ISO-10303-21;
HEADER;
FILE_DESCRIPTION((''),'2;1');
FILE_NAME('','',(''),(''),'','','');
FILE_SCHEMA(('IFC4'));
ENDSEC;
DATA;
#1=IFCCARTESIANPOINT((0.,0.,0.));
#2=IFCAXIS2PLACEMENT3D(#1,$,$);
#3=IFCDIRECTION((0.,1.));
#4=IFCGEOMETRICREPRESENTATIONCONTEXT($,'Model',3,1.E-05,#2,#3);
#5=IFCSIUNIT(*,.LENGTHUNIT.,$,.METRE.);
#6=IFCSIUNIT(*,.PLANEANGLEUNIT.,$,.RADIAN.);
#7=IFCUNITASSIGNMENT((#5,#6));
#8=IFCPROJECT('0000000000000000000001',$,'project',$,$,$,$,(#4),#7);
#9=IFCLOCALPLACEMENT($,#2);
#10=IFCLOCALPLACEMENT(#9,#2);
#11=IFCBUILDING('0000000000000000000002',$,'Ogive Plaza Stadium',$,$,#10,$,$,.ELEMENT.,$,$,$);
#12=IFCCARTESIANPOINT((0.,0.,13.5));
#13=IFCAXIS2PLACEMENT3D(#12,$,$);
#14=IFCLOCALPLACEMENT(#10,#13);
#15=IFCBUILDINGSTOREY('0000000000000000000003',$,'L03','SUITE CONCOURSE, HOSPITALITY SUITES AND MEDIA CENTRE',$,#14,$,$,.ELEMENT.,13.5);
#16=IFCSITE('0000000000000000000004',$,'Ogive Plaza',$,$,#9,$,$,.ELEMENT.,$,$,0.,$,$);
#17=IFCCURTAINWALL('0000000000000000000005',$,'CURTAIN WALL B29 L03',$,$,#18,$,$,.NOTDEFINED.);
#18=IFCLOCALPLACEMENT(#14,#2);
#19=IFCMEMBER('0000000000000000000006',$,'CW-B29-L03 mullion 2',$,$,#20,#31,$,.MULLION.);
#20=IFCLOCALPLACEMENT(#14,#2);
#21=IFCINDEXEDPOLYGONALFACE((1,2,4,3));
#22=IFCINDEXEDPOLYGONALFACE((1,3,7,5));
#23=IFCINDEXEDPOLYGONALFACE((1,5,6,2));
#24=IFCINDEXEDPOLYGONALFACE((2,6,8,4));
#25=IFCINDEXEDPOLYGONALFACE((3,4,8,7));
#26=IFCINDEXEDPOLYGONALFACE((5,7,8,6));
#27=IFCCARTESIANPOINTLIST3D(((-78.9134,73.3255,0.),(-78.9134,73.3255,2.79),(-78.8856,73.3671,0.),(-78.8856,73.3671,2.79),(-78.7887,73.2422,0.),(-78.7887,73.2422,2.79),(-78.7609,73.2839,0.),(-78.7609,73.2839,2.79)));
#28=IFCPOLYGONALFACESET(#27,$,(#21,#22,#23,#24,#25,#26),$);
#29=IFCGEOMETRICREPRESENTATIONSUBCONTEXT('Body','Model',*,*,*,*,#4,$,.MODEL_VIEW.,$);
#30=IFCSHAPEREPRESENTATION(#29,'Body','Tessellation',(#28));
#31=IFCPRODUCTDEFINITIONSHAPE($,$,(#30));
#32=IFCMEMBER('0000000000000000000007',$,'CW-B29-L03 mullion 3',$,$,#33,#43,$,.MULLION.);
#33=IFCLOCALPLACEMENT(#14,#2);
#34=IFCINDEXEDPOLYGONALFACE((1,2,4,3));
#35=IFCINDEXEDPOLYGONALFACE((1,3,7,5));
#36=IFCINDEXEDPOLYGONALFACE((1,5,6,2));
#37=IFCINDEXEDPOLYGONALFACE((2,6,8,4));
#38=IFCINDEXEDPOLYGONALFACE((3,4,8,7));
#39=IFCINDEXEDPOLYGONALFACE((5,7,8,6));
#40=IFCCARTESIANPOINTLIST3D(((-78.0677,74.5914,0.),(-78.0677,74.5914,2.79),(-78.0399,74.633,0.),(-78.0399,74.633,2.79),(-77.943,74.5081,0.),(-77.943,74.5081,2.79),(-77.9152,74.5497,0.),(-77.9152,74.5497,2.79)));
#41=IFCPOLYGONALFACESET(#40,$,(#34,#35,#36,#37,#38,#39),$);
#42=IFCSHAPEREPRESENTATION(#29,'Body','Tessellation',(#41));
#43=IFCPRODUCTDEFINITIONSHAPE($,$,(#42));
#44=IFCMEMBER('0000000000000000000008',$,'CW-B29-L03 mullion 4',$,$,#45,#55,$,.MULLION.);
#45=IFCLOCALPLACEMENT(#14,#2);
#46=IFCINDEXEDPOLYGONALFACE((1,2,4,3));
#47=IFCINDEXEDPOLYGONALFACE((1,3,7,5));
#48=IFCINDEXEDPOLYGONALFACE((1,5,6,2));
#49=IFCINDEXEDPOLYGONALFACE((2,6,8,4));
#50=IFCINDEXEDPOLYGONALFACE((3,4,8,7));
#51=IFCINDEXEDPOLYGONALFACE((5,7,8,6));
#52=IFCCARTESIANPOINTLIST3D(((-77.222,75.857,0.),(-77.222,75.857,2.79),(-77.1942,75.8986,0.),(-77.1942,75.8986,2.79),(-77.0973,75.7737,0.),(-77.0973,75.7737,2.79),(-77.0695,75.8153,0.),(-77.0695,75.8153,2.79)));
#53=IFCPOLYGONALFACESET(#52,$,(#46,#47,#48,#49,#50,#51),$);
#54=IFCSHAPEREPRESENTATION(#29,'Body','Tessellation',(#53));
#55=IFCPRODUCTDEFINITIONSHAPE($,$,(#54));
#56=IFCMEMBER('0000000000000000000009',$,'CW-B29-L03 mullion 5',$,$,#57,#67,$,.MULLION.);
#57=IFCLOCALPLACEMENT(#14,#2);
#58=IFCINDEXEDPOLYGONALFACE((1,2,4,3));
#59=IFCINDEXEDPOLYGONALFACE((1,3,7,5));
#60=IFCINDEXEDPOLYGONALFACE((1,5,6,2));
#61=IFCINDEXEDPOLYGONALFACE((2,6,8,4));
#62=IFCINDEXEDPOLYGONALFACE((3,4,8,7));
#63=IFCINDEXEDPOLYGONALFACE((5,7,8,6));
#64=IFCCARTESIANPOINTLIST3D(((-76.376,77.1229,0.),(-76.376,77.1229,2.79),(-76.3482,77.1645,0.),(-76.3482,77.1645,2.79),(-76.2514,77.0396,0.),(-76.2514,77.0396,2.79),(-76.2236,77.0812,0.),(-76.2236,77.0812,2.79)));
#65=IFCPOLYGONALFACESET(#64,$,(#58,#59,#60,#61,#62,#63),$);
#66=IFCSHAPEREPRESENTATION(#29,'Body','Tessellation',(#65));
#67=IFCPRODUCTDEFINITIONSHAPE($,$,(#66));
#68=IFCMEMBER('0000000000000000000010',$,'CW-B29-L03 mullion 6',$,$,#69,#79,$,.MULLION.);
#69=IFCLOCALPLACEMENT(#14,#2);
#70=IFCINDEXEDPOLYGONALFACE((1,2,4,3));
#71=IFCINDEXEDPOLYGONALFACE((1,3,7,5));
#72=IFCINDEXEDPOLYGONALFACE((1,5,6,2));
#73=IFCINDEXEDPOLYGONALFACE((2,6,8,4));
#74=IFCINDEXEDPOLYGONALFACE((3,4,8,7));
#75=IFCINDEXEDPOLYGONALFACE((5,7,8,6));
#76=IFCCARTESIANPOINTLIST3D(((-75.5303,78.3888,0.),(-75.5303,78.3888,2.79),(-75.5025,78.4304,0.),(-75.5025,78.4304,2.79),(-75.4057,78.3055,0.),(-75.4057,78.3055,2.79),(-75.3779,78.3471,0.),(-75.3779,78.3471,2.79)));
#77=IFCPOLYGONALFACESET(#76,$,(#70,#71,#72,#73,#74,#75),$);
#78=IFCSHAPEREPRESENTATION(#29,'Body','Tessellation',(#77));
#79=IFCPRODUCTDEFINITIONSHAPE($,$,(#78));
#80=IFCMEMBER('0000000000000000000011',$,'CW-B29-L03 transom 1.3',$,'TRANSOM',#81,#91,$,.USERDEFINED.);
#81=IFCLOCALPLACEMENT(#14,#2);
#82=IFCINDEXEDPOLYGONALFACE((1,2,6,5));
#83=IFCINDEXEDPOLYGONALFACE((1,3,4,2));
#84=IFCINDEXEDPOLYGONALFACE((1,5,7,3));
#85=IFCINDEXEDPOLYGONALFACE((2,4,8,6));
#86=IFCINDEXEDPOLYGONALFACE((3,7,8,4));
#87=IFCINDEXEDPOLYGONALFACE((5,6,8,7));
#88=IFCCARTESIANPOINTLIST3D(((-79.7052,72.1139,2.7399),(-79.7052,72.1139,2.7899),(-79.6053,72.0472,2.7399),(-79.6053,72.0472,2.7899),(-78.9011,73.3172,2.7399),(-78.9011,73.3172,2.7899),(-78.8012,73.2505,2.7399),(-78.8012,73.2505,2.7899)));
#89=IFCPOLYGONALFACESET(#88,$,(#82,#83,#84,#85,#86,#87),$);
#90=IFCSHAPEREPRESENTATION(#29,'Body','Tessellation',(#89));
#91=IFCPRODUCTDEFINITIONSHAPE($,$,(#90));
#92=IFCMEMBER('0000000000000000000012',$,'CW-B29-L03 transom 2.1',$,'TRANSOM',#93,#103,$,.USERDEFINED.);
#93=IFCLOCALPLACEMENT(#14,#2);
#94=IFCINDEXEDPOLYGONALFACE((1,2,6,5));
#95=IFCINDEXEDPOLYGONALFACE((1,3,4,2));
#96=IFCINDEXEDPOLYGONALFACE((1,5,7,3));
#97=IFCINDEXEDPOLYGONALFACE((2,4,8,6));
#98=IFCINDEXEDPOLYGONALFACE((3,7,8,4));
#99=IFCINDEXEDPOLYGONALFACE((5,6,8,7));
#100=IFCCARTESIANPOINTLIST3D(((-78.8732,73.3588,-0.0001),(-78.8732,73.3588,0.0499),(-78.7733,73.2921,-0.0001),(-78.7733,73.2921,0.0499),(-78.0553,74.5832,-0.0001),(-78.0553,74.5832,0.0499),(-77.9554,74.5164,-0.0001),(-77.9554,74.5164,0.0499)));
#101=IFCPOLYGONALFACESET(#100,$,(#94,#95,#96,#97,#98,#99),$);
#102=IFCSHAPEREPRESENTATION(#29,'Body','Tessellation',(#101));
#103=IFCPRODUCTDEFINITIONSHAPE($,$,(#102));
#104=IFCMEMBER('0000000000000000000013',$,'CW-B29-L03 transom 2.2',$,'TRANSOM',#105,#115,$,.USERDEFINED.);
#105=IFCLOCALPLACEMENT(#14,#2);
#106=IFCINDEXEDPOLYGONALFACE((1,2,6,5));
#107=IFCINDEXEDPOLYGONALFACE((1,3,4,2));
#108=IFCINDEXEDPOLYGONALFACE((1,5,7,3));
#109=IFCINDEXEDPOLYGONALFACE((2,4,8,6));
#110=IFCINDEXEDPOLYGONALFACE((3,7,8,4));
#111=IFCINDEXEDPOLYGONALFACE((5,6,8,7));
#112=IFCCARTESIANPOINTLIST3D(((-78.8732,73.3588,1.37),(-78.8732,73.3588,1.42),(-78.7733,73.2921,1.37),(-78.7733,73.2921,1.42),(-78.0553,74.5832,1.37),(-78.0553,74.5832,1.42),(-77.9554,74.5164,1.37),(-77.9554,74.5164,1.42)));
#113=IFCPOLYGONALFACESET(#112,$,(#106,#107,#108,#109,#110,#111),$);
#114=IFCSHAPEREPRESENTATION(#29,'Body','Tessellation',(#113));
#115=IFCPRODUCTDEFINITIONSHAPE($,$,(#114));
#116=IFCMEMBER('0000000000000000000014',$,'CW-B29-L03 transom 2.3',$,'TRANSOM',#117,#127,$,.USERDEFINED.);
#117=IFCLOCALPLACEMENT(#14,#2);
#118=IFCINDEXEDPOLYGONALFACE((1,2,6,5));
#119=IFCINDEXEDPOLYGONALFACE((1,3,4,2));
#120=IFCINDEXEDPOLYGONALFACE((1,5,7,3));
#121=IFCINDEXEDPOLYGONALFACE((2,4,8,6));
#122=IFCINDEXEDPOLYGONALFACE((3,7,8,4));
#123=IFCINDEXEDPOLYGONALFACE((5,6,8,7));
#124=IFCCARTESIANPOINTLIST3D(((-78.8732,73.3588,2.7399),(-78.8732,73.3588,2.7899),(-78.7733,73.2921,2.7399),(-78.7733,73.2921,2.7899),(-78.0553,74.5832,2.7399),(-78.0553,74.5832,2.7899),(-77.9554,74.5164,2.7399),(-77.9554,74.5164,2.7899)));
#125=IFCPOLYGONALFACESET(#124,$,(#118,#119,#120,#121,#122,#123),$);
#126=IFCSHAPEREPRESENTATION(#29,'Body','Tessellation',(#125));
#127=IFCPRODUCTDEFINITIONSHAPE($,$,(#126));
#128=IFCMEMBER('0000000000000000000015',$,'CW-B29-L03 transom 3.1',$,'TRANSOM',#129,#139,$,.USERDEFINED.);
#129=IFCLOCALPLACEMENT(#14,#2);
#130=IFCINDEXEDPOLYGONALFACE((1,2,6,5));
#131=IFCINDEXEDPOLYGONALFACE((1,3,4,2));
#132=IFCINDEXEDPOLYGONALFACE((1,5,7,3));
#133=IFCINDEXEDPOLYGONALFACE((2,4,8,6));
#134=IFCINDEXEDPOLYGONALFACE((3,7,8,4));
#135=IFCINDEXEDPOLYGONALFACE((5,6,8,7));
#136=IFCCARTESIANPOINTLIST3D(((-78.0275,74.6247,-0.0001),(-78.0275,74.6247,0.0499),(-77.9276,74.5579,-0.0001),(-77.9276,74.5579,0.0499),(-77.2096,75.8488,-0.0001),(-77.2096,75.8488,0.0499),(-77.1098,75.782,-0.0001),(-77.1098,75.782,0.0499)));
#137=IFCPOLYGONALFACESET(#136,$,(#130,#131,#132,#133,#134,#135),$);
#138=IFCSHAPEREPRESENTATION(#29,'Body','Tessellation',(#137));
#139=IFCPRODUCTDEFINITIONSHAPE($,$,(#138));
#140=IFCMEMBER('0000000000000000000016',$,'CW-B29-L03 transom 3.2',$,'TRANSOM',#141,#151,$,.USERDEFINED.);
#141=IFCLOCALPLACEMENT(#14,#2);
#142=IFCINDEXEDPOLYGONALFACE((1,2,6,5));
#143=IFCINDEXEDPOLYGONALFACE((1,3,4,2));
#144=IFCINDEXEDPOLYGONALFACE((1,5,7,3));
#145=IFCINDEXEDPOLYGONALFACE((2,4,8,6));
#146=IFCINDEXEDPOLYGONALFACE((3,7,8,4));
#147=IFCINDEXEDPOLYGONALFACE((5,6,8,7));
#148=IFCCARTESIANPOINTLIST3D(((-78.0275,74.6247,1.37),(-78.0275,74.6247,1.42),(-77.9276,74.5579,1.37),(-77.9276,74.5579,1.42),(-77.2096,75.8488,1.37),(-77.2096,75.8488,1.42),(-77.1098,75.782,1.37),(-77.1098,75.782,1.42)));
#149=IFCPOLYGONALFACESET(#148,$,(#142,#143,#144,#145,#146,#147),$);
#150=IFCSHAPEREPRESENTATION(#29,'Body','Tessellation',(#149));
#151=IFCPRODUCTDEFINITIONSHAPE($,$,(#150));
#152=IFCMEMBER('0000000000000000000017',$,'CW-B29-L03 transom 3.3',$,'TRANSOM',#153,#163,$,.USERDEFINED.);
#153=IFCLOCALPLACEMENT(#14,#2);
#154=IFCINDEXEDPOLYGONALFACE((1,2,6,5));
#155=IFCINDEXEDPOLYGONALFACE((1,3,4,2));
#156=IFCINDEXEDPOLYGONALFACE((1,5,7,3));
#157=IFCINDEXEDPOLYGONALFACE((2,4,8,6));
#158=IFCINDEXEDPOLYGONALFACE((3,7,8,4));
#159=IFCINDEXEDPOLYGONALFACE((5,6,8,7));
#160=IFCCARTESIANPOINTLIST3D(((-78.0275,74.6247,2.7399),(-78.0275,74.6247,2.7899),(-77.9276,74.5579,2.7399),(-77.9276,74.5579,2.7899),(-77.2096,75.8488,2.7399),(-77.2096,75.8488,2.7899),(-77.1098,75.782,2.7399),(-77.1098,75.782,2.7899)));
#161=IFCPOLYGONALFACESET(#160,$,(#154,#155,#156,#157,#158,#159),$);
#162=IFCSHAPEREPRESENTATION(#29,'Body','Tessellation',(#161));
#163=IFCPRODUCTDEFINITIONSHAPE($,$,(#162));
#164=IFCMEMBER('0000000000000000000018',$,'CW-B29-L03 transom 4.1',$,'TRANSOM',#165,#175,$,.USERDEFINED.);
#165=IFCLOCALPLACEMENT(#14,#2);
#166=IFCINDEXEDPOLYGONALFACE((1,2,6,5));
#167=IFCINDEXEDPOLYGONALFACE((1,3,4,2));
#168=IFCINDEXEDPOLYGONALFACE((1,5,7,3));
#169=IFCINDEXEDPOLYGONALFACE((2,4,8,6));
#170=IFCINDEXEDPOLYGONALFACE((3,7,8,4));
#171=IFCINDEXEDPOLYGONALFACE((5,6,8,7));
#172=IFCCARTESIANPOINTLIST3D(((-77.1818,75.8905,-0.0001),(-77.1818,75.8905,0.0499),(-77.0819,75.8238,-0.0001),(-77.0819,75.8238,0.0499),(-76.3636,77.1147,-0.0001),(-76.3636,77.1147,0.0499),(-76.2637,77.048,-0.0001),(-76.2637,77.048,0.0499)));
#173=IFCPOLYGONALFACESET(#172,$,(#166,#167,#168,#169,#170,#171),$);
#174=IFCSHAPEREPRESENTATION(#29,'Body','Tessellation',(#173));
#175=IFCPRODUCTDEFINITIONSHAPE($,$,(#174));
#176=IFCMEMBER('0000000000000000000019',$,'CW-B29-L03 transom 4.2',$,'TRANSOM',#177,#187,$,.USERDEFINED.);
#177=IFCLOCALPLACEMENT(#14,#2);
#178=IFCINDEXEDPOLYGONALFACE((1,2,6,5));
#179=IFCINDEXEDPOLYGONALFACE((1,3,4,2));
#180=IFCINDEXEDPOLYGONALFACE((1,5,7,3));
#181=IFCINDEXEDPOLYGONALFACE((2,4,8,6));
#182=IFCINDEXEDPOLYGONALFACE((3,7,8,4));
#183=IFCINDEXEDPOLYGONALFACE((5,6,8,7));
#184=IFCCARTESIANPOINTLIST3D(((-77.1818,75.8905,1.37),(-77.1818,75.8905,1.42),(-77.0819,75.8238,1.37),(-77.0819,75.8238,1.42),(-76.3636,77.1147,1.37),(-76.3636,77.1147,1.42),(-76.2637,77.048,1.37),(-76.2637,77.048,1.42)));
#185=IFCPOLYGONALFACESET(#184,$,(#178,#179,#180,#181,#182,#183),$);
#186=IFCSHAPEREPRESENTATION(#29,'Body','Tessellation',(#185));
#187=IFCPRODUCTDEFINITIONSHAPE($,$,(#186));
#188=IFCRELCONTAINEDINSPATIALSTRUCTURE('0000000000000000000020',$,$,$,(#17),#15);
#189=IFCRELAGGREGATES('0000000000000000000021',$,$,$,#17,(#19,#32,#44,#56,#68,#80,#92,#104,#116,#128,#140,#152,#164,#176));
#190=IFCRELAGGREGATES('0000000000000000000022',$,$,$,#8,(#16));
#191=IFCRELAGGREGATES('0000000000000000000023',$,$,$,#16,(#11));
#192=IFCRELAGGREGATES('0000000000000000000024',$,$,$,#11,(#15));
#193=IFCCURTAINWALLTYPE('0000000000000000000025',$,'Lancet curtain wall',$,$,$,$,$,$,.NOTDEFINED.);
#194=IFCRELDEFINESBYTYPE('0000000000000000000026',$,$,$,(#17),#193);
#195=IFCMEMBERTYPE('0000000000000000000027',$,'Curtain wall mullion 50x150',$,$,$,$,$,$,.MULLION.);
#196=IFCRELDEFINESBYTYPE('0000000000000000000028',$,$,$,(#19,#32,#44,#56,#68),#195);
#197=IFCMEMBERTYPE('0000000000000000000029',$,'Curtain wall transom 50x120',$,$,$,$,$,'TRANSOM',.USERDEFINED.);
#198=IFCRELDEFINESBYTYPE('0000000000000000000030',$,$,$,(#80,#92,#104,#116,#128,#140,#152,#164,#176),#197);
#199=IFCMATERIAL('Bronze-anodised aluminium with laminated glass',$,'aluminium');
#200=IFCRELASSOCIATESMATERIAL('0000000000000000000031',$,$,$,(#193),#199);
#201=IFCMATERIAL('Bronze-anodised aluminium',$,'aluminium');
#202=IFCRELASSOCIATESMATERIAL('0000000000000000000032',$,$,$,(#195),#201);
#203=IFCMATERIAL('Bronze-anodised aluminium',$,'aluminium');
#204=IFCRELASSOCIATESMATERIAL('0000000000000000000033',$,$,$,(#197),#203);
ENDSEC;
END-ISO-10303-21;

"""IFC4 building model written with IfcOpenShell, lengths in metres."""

from ifc_helpers import new_model, si_unit, direction, frame, origin, origin_2d, place, context, subcontext, project, spatial, rectangle, extrude, material, material_profile, profile_set, type_object, element, aggregate, save


model = new_model("IFC4")

# Units and contexts
model_context = context("Model", 3, precision=1e-05, world=origin(), true_north=direction((0.0, 1.0)))
body_context = subcontext(model_context, "Body", "Model", "MODEL_VIEW")
ifc_project = project(units=[si_unit("LENGTHUNIT", "METRE"), si_unit("PLANEANGLEUNIT", "RADIAN")], contexts=[model_context])

# Site, building, storey
site_placement = place(None, origin())
site = spatial("IfcSite", under=ifc_project, at=site_placement, Name="Ogive Plaza", CompositionType="ELEMENT", RefElevation=0.0)
building_placement = place(site_placement, origin())
building = spatial("IfcBuilding", under=site, at=building_placement, Name="Ogive Plaza Stadium", CompositionType="ELEMENT")
storey_placement = place(building_placement, frame((0.0, 0.0, 13.5)))
storey = spatial("IfcBuildingStorey", under=building, at=storey_placement, Name="L03", Description="SUITE CONCOURSE, HOSPITALITY SUITES AND MEDIA CENTRE", CompositionType="ELEMENT", Elevation=13.5)

# Curtain wall, members
ifc_material_1 = material(Name="Bronze-anodised aluminium with laminated glass", Category="aluminium")
curtain_wall_type = type_object("IfcCurtainWallType", Name="Lancet curtain wall", PredefinedType="NOTDEFINED", material=ifc_material_1)
curtain_wall_placement = place(storey_placement, origin())
curtain_wall = element("IfcCurtainWall", 1, at=curtain_wall_placement, inside=storey, type_object=curtain_wall_type, Name="CURTAIN WALL B29 L03", PredefinedType="NOTDEFINED")
ifc_material_2 = material(Name="Bronze-anodised aluminium", Category="aluminium")
ifc_material_profile_1 = material_profile(ifc_material_2, rectangle(XDim=0.1499, YDim=0.05, at=origin_2d()), Name="AL 150x50")
ifc_profile_set_1 = profile_set([ifc_material_profile_1], Name="Bronze-anodised aluminium")
member_type_1 = type_object("IfcMemberType", Name="Curtain wall mullion 50x150", PredefinedType="MULLION", material=ifc_profile_set_1)
member_1_placement = place(storey_placement, frame((-78.8372, 73.3047, 0.0), z_axis=(0.0, 0.0, 1.0), x_axis=(-0.83147, 0.55557, 0.0)))
member_1 = element("IfcMember", 2, at=member_1_placement, type_object=member_type_1, Name="CW-B29-L03 mullion 2", PredefinedType="MULLION", context=body_context, shape_type="SweptSolid", body=[
    extrude(rectangle(XDim=0.1499, YDim=0.05, at=origin_2d()), origin(), (0.0, 0.0, 1.0), 2.79),
])
member_2_placement = place(storey_placement, frame((-77.9915, 74.5706, 0.0), z_axis=(0.0, 0.0, 1.0), x_axis=(-0.83147, 0.55557, 0.0)))
member_2 = element("IfcMember", 3, at=member_2_placement, type_object=member_type_1, Name="CW-B29-L03 mullion 3", PredefinedType="MULLION", context=body_context, shape_type="SweptSolid", body=[
    extrude(rectangle(XDim=0.1499, YDim=0.05, at=origin_2d()), origin(), (0.0, 0.0, 1.0), 2.79),
])
member_3_placement = place(storey_placement, frame((-77.1458, 75.8362, 0.0), z_axis=(0.0, 0.0, 1.0), x_axis=(-0.83147, 0.55557, 0.0)))
member_3 = element("IfcMember", 4, at=member_3_placement, type_object=member_type_1, Name="CW-B29-L03 mullion 4", PredefinedType="MULLION", context=body_context, shape_type="SweptSolid", body=[
    extrude(rectangle(XDim=0.1499, YDim=0.05, at=origin_2d()), origin(), (0.0, 0.0, 1.0), 2.79),
])
member_4_placement = place(storey_placement, frame((-76.2998, 77.1021, 0.0), z_axis=(0.0, 0.0, 1.0), x_axis=(-0.83147, 0.55557, 0.0)))
member_4 = element("IfcMember", 5, at=member_4_placement, type_object=member_type_1, Name="CW-B29-L03 mullion 5", PredefinedType="MULLION", context=body_context, shape_type="SweptSolid", body=[
    extrude(rectangle(XDim=0.1499, YDim=0.05, at=origin_2d()), origin(), (0.0, 0.0, 1.0), 2.79),
])
member_5_placement = place(storey_placement, frame((-75.4541, 78.3679, 0.0), z_axis=(0.0, 0.0, 1.0), x_axis=(-0.83147, 0.55557, 0.0)))
member_5 = element("IfcMember", 6, at=member_5_placement, type_object=member_type_1, Name="CW-B29-L03 mullion 6", PredefinedType="MULLION", context=body_context, shape_type="SweptSolid", body=[
    extrude(rectangle(XDim=0.1499, YDim=0.05, at=origin_2d()), origin(), (0.0, 0.0, 1.0), 2.79),
])
ifc_material_3 = material(Name="Bronze-anodised aluminium", Category="aluminium")
ifc_material_profile_2 = material_profile(ifc_material_3, rectangle(XDim=0.1201, YDim=0.05, at=origin_2d()), Name="AL 120x50")
ifc_profile_set_2 = profile_set([ifc_material_profile_2], Name="Bronze-anodised aluminium")
member_type_2 = type_object("IfcMemberType", Name="Curtain wall transom 50x120", ElementType="TRANSOM", PredefinedType="USERDEFINED", material=ifc_profile_set_2)
member_6_placement = place(storey_placement, frame((-79.6553, 72.0806, 2.7649), z_axis=(0.555634, 0.831427, 0.0), x_axis=(-0.831427, 0.555634, 0.0)))
member_6 = element("IfcMember", 7, at=member_6_placement, type_object=member_type_2, Name="CW-B29-L03 transom 1.3", ObjectType="TRANSOM", PredefinedType="USERDEFINED", context=body_context, shape_type="SweptSolid", body=[
    extrude(rectangle(XDim=0.1201, YDim=0.05, at=origin_2d()), origin(), (0.0, 0.0, 1.0), 1.4473),
])
member_7_placement = place(storey_placement, frame((-78.8232, 73.3254, 0.0249), z_axis=(0.555465, 0.83154, 0.0), x_axis=(-0.83154, 0.555465, 0.0)))
member_7 = element("IfcMember", 8, at=member_7_placement, type_object=member_type_2, Name="CW-B29-L03 transom 2.1", ObjectType="TRANSOM", PredefinedType="USERDEFINED", context=body_context, shape_type="SweptSolid", body=[
    extrude(rectangle(XDim=0.1201, YDim=0.05, at=origin_2d()), origin(), (0.0, 0.0, 1.0), 1.4724),
])
member_8_placement = place(storey_placement, frame((-78.8232, 73.3254, 1.395), z_axis=(0.555465, 0.83154, 0.0), x_axis=(-0.83154, 0.555465, 0.0)))
member_8 = element("IfcMember", 9, at=member_8_placement, type_object=member_type_2, Name="CW-B29-L03 transom 2.2", ObjectType="TRANSOM", PredefinedType="USERDEFINED", context=body_context, shape_type="SweptSolid", body=[
    extrude(rectangle(XDim=0.1201, YDim=0.05, at=origin_2d()), origin(), (0.0, 0.0, 1.0), 1.4724),
])
member_9_placement = place(storey_placement, frame((-78.8232, 73.3254, 2.7649), z_axis=(0.555465, 0.83154, 0.0), x_axis=(-0.83154, 0.555465, 0.0)))
member_9 = element("IfcMember", 10, at=member_9_placement, type_object=member_type_2, Name="CW-B29-L03 transom 2.3", ObjectType="TRANSOM", PredefinedType="USERDEFINED", context=body_context, shape_type="SweptSolid", body=[
    extrude(rectangle(XDim=0.1201, YDim=0.05, at=origin_2d()), origin(), (0.0, 0.0, 1.0), 1.4724),
])
member_10_placement = place(storey_placement, frame((-77.9775, 74.5913, 0.0249), z_axis=(0.555542, 0.831489, 0.0), x_axis=(-0.831489, 0.555542, 0.0)))
member_10 = element("IfcMember", 11, at=member_10_placement, type_object=member_type_2, Name="CW-B29-L03 transom 3.1", ObjectType="TRANSOM", PredefinedType="USERDEFINED", context=body_context, shape_type="SweptSolid", body=[
    extrude(rectangle(XDim=0.1201, YDim=0.05, at=origin_2d()), origin(), (0.0, 0.0, 1.0), 1.4722),
])
member_11_placement = place(storey_placement, frame((-77.9775, 74.5913, 1.395), z_axis=(0.555542, 0.831489, 0.0), x_axis=(-0.831489, 0.555542, 0.0)))
member_11 = element("IfcMember", 12, at=member_11_placement, type_object=member_type_2, Name="CW-B29-L03 transom 3.2", ObjectType="TRANSOM", PredefinedType="USERDEFINED", context=body_context, shape_type="SweptSolid", body=[
    extrude(rectangle(XDim=0.1201, YDim=0.05, at=origin_2d()), origin(), (0.0, 0.0, 1.0), 1.4722),
])
member_12_placement = place(storey_placement, frame((-77.9775, 74.5913, 2.7649), z_axis=(0.555542, 0.831489, 0.0), x_axis=(-0.831489, 0.555542, 0.0)))
member_12 = element("IfcMember", 13, at=member_12_placement, type_object=member_type_2, Name="CW-B29-L03 transom 3.3", ObjectType="TRANSOM", PredefinedType="USERDEFINED", context=body_context, shape_type="SweptSolid", body=[
    extrude(rectangle(XDim=0.1201, YDim=0.05, at=origin_2d()), origin(), (0.0, 0.0, 1.0), 1.4722),
])
member_13_placement = place(storey_placement, frame((-77.1318, 75.8572, 0.0249), z_axis=(0.555656, 0.831412, 0.0), x_axis=(-0.831412, 0.555656, 0.0)))
member_13 = element("IfcMember", 14, at=member_13_placement, type_object=member_type_2, Name="CW-B29-L03 transom 4.1", ObjectType="TRANSOM", PredefinedType="USERDEFINED", context=body_context, shape_type="SweptSolid", body=[
    extrude(rectangle(XDim=0.1201, YDim=0.05, at=origin_2d()), origin(), (0.0, 0.0, 1.0), 1.4724),
])
member_14_placement = place(storey_placement, frame((-77.1318, 75.8572, 1.395), z_axis=(0.555656, 0.831412, 0.0), x_axis=(-0.831412, 0.555656, 0.0)))
member_14 = element("IfcMember", 15, at=member_14_placement, type_object=member_type_2, Name="CW-B29-L03 transom 4.2", ObjectType="TRANSOM", PredefinedType="USERDEFINED", context=body_context, shape_type="SweptSolid", body=[
    extrude(rectangle(XDim=0.1201, YDim=0.05, at=origin_2d()), origin(), (0.0, 0.0, 1.0), 1.4724),
])

aggregate(curtain_wall, [member_1, member_2, member_3, member_4, member_5, member_6, member_7, member_8, member_9, member_10, member_11, member_12, member_13, member_14])

save(model, "model.ifc")
